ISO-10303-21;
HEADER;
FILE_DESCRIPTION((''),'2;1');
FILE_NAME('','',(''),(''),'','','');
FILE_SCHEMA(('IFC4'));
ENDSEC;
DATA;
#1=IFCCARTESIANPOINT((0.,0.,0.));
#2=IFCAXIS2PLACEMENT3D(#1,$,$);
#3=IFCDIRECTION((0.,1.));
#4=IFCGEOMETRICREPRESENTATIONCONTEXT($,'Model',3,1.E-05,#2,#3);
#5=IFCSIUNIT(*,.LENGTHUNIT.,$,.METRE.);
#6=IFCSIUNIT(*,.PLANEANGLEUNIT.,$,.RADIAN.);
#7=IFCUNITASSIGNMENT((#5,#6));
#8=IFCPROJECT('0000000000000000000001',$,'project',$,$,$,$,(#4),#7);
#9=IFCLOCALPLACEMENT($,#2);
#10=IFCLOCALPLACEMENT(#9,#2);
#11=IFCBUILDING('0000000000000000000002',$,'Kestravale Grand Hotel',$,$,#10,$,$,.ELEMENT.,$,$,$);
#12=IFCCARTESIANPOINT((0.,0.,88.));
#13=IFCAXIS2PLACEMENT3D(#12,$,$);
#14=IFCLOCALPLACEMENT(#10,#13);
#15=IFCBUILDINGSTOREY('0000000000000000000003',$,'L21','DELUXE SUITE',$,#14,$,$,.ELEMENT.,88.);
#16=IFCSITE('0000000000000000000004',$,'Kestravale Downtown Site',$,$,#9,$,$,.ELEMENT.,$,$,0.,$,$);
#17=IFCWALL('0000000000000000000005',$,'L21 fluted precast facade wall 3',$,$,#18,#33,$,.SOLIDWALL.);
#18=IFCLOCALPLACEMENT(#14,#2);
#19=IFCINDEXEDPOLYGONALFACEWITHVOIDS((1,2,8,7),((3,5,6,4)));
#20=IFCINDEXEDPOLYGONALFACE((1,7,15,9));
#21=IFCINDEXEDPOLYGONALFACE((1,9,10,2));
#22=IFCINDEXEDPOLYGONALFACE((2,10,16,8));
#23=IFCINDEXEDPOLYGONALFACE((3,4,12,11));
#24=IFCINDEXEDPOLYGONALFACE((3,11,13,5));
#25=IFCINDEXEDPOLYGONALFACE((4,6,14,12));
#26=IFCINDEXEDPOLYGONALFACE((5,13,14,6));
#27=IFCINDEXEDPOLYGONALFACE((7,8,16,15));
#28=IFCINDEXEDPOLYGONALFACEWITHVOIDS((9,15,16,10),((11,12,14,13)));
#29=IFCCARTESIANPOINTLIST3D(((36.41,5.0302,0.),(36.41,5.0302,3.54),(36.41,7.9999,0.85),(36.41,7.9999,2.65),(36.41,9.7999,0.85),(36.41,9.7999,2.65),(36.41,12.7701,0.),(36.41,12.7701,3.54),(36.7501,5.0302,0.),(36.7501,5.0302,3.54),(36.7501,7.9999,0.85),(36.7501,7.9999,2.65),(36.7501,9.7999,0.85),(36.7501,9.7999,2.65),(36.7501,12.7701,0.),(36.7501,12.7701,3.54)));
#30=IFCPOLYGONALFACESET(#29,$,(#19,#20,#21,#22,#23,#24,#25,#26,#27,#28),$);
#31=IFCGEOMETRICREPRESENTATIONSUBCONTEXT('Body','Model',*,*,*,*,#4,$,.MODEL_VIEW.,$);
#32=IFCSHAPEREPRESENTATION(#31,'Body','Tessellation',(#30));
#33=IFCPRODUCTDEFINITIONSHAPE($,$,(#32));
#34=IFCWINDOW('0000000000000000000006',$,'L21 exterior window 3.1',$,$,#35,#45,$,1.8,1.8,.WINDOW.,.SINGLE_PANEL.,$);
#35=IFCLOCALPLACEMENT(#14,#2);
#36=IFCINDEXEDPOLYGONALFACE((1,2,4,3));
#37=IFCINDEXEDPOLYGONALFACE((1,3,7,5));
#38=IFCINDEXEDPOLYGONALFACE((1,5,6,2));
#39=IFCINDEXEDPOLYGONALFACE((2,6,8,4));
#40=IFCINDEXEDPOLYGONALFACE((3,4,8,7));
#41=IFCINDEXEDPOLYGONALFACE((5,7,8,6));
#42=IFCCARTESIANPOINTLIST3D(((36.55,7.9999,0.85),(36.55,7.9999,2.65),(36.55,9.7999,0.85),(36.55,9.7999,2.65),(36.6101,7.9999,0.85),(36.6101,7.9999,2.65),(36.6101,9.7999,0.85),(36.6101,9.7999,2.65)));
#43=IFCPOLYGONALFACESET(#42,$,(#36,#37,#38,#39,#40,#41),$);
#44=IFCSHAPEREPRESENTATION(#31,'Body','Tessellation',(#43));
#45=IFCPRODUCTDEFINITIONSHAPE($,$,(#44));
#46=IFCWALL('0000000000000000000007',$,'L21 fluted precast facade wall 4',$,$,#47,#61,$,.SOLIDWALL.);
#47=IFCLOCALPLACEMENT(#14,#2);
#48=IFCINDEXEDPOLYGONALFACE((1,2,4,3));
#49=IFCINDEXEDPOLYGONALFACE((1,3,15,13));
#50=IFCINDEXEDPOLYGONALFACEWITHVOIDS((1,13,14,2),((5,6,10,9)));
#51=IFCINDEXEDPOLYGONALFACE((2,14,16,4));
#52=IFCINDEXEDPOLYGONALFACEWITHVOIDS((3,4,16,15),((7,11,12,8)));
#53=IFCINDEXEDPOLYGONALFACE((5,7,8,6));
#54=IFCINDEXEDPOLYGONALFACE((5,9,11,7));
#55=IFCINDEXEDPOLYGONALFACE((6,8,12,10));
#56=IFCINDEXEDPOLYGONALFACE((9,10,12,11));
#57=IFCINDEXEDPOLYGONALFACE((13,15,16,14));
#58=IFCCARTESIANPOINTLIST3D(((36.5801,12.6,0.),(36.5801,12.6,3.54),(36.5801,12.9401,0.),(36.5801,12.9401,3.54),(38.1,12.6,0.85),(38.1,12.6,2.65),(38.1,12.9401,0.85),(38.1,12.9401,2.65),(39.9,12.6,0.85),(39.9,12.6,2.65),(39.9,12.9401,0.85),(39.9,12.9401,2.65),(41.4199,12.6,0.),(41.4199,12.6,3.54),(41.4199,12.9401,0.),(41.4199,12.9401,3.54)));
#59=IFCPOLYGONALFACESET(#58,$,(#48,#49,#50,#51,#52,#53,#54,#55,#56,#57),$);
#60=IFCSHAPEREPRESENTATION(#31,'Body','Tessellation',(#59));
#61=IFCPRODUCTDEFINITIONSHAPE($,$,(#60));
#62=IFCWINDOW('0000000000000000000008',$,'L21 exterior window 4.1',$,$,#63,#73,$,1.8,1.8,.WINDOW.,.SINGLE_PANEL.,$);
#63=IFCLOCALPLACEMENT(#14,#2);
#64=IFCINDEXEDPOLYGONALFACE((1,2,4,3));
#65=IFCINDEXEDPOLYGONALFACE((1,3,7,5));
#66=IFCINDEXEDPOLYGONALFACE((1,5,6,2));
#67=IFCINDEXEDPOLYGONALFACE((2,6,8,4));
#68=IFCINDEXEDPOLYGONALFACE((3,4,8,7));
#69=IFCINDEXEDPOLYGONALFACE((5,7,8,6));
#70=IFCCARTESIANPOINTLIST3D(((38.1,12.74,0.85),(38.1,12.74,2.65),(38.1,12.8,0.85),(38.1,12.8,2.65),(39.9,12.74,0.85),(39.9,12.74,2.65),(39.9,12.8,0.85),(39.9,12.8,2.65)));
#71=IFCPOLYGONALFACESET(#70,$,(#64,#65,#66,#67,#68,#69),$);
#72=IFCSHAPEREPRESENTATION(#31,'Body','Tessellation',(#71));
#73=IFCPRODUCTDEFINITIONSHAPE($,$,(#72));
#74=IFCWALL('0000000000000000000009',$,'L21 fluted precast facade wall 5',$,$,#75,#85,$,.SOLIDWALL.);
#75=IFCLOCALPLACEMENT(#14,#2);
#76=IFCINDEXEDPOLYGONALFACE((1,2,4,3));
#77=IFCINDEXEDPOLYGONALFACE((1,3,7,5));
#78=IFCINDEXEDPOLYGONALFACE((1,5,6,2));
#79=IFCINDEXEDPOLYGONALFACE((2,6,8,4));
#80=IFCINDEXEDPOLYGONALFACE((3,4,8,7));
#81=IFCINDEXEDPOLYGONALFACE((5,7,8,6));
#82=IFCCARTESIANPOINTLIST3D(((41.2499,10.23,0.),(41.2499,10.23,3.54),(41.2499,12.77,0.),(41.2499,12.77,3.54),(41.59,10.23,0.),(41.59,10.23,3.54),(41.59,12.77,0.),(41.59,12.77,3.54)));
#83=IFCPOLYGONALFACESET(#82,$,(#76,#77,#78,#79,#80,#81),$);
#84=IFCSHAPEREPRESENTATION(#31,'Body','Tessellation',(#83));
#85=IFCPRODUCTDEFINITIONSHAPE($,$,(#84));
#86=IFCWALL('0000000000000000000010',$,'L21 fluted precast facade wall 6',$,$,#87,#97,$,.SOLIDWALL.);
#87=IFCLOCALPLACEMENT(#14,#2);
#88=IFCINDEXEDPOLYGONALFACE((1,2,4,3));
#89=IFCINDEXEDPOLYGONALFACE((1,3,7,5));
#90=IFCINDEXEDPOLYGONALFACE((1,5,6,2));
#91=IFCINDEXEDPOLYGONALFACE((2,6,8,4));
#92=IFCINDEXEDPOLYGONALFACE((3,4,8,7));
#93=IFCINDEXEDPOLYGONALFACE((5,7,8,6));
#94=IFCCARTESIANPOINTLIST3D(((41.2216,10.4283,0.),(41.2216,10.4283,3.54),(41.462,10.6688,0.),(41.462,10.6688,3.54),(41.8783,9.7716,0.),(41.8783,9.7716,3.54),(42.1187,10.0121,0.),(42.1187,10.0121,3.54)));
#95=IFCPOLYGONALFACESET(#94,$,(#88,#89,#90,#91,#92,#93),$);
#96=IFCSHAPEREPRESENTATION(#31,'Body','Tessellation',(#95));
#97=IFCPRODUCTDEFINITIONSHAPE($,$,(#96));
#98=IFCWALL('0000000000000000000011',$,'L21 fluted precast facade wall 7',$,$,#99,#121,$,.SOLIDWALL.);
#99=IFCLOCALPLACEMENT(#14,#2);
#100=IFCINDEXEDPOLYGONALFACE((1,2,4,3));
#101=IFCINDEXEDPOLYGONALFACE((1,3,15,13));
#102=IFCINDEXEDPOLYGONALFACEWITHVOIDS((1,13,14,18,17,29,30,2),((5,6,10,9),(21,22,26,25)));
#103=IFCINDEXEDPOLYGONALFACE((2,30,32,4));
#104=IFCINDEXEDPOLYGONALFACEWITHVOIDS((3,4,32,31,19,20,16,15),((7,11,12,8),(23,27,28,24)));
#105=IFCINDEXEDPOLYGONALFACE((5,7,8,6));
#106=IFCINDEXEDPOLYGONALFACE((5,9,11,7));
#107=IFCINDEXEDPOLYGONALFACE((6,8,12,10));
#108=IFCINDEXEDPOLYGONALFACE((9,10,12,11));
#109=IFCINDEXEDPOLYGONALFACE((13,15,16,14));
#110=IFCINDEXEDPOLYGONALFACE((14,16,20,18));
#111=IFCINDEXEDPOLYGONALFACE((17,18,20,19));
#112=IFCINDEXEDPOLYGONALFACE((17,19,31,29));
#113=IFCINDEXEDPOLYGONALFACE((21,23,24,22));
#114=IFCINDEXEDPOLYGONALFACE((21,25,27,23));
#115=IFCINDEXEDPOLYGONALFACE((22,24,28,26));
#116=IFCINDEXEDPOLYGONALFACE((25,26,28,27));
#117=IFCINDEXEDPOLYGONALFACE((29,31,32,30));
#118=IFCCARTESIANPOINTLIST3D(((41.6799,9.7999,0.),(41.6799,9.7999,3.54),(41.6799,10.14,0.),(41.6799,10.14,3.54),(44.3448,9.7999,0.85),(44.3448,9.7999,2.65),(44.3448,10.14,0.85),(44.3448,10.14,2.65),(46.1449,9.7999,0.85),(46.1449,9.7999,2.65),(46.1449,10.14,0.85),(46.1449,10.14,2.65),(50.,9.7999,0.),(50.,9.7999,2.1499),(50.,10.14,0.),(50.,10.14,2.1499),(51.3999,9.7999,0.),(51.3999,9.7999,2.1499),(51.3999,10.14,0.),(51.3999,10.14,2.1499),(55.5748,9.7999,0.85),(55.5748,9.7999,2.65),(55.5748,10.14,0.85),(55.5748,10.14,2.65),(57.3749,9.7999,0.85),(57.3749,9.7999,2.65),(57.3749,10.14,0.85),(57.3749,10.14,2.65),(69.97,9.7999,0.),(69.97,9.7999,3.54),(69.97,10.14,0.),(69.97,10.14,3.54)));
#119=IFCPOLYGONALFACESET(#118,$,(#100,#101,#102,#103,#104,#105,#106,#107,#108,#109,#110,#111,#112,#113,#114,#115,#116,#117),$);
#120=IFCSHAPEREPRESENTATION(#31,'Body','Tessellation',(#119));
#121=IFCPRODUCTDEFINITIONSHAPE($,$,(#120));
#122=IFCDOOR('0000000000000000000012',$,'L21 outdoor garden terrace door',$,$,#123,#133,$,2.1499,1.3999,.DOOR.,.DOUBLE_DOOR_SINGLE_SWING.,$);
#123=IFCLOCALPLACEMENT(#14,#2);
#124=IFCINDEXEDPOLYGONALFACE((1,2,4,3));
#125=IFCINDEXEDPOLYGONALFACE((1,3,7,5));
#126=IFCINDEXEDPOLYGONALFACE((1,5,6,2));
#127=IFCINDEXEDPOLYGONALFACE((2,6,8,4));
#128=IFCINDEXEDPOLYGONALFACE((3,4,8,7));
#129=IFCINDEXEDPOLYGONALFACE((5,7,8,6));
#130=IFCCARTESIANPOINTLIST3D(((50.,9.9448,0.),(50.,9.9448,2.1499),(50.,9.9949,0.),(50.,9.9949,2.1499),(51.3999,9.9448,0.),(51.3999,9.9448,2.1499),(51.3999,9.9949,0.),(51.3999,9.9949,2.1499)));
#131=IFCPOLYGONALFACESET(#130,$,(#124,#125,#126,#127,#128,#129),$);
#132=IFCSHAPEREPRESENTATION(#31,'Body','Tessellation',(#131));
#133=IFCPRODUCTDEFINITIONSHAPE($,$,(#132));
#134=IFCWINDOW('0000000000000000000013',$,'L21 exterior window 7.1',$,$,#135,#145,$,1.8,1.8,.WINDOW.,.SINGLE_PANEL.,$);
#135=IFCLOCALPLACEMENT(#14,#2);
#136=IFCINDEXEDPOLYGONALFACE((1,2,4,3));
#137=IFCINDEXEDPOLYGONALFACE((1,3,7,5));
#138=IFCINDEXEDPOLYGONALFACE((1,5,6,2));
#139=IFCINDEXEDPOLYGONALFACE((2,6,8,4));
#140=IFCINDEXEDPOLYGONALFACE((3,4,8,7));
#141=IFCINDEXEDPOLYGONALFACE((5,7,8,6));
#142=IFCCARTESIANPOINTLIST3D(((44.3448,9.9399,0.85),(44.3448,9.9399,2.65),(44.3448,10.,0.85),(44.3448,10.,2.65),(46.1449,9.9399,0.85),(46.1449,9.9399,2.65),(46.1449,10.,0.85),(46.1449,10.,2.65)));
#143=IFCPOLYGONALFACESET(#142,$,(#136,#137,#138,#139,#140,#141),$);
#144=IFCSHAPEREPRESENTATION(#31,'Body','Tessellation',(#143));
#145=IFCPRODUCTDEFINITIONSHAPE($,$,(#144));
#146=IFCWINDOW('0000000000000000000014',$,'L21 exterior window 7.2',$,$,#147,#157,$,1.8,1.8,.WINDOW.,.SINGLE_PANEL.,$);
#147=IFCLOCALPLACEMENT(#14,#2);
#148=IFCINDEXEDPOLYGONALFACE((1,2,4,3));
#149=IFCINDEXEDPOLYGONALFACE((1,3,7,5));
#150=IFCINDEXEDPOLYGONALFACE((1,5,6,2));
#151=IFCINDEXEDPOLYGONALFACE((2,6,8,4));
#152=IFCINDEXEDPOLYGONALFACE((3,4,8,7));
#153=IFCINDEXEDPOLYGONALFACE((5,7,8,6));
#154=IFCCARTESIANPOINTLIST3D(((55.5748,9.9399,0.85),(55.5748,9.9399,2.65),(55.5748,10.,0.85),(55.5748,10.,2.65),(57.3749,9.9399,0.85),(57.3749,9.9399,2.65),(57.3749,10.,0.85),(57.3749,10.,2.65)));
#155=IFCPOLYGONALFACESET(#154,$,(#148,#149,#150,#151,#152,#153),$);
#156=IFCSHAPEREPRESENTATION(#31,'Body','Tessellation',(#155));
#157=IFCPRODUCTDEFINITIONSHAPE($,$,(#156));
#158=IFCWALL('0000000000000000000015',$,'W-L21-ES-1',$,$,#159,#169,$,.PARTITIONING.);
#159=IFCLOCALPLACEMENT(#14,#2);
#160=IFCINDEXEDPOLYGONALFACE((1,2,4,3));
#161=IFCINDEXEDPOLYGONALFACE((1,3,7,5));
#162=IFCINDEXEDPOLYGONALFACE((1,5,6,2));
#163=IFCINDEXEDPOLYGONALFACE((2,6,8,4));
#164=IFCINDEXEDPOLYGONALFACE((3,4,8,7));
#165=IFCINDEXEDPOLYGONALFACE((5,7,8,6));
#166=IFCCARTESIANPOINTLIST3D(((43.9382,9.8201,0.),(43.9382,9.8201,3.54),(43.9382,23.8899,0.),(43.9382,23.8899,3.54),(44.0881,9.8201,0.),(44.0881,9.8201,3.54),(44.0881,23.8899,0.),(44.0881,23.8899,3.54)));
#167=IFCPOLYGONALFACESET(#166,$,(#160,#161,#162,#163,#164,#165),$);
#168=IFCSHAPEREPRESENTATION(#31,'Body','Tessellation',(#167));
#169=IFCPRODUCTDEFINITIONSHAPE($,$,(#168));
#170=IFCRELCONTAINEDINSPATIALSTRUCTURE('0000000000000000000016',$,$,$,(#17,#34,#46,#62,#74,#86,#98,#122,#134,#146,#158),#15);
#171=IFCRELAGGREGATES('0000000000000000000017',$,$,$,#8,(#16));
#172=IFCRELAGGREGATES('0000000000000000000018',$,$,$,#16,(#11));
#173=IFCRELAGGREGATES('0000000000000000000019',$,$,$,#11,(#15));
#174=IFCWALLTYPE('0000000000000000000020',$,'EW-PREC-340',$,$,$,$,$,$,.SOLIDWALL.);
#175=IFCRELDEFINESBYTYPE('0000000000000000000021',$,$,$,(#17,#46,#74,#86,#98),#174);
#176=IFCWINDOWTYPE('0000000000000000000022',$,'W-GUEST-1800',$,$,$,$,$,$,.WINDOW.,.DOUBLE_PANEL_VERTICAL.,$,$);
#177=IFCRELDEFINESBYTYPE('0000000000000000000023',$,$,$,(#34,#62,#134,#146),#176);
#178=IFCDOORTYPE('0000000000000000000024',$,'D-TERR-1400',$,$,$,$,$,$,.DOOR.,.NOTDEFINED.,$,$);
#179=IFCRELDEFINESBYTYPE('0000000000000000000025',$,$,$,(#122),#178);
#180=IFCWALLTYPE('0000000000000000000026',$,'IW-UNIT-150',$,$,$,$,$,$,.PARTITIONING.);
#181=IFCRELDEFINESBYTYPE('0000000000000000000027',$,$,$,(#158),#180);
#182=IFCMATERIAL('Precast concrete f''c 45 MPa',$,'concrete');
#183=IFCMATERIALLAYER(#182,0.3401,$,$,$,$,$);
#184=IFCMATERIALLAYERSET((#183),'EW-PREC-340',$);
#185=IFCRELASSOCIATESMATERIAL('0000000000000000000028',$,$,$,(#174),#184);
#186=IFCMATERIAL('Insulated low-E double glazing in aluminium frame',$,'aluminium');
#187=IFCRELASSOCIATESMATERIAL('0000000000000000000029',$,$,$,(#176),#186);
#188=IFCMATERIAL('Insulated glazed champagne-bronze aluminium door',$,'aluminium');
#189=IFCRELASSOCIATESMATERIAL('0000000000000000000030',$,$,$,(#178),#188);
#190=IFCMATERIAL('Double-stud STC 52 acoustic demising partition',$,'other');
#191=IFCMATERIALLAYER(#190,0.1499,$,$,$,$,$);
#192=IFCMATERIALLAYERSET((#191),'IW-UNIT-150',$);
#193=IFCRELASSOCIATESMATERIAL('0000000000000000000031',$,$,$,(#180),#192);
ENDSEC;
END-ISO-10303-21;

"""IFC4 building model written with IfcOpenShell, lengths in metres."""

from ifc_helpers import new_model, si_unit, direction, frame, frame_2d, origin, place, context, subcontext, project, spatial, rectangle, extrude, material, layer, layer_set, type_object, element, fill, save


model = new_model("IFC4")

# Units and contexts
model_context = context("Model", 3, precision=1e-05, world=origin(), true_north=direction((0.0, 1.0)))
body_context = subcontext(model_context, "Body", "Model", "MODEL_VIEW")
ifc_project = project(units=[si_unit("LENGTHUNIT", "METRE"), si_unit("PLANEANGLEUNIT", "RADIAN")], contexts=[model_context])

# Site, building, storey
site_placement = place(None, origin())
site = spatial("IfcSite", under=ifc_project, at=site_placement, Name="Kestravale Downtown Site", CompositionType="ELEMENT", RefElevation=0.0)
building_placement = place(site_placement, origin())
building = spatial("IfcBuilding", under=site, at=building_placement, Name="Kestravale Grand Hotel", CompositionType="ELEMENT")
storey_placement = place(building_placement, frame((0.0, 0.0, 88.0)))
storey = spatial("IfcBuildingStorey", under=building, at=storey_placement, Name="L21", Description="DELUXE SUITE", CompositionType="ELEMENT", Elevation=88.0)

# Shared definitions
ifc_material_1 = material(Name="Precast concrete f'c 45 MPa", Category="concrete")
ifc_layer_1 = layer(ifc_material_1, 0.3401)
ifc_layer_set_1 = layer_set([ifc_layer_1], Name="EW-PREC-340")
wall_type_1 = type_object("IfcWallType", Name="EW-PREC-340", PredefinedType="SOLIDWALL", material=ifc_layer_set_1)

# Walls, openings, windows
wall_1_placement = place(storey_placement, frame((36.5801, 5.03, 0.0), z_axis=(0.0, 0.0, 1.0), x_axis=(0.0, 1.0, 0.0)))
wall_1 = element("IfcWall", 1, at=wall_1_placement, inside=storey, type_object=wall_type_1, Name="L21 fluted precast facade wall 3", PredefinedType="SOLIDWALL", context=body_context, shape_type="SweptSolid", body=[
    extrude(rectangle(XDim=7.74, YDim=0.3401, at=frame_2d((3.8701, 0.0))), origin(), (0.0, 0.0, 1.0), 3.54),
])
opening_1_placement = place(wall_1_placement, frame((2.97, 0.0, 0.8501)))
opening_1 = element("IfcOpeningElement", 2, at=opening_1_placement, cuts=wall_1, PredefinedType="OPENING", context=body_context, shape_type="SweptSolid", body=[
    extrude(rectangle(XDim=1.8, YDim=1.8, at=frame_2d((0.8999, 0.8999))), frame((0.0, 0.1799, 0.0), z_axis=(0.0, -1.0, 0.0), x_axis=(1.0, 0.0, 0.0)), (0.0, 0.0, 1.0), 0.3601),
])
ifc_material_2 = material(Name="Insulated low-E double glazing in aluminium frame", Category="aluminium")
window_type = type_object("IfcWindowType", Name="W-GUEST-1800", PartitioningType="DOUBLE_PANEL_VERTICAL", PredefinedType="WINDOW", material=ifc_material_2)
window_1_placement = place(opening_1_placement, origin())
window_1 = element("IfcWindow", 3, at=window_1_placement, inside=storey, type_object=window_type, Name="L21 exterior window 3.1", OverallHeight=1.8, OverallWidth=1.8, PartitioningType="SINGLE_PANEL", PredefinedType="WINDOW", context=body_context, shape_type="SweptSolid", body=[
    extrude(rectangle(XDim=1.8, YDim=1.8, at=frame_2d((0.8999, 0.8999))), frame((0.0, 0.03, 0.0), z_axis=(0.0, -1.0, 0.0), x_axis=(1.0, 0.0, 0.0)), (0.0, 0.0, 1.0), 0.0601),
])
fill(opening_1, window_1)
wall_2_placement = place(storey_placement, frame((36.5801, 12.77, 0.0), z_axis=(0.0, 0.0, 1.0), x_axis=(1.0, 0.0, 0.0)))
wall_2 = element("IfcWall", 4, at=wall_2_placement, inside=storey, type_object=wall_type_1, Name="L21 fluted precast facade wall 4", PredefinedType="SOLIDWALL", context=body_context, shape_type="SweptSolid", body=[
    extrude(rectangle(XDim=4.8398, YDim=0.3401, at=frame_2d((2.4199, 0.0))), origin(), (0.0, 0.0, 1.0), 3.54),
])
opening_2_placement = place(wall_2_placement, frame((1.52, 0.0, 0.8501)))
opening_2 = element("IfcOpeningElement", 5, at=opening_2_placement, cuts=wall_2, PredefinedType="OPENING", context=body_context, shape_type="SweptSolid", body=[
    extrude(rectangle(XDim=1.8, YDim=1.8, at=frame_2d((0.8999, 0.8999))), frame((0.0, 0.1799, 0.0), z_axis=(0.0, -1.0, 0.0), x_axis=(1.0, 0.0, 0.0)), (0.0, 0.0, 1.0), 0.3601),
])
window_2_placement = place(opening_2_placement, origin())
window_2 = element("IfcWindow", 6, at=window_2_placement, inside=storey, type_object=window_type, Name="L21 exterior window 4.1", OverallHeight=1.8, OverallWidth=1.8, PartitioningType="SINGLE_PANEL", PredefinedType="WINDOW", context=body_context, shape_type="SweptSolid", body=[
    extrude(rectangle(XDim=1.8, YDim=1.8, at=frame_2d((0.8999, 0.8999))), frame((0.0, 0.03, 0.0), z_axis=(0.0, -1.0, 0.0), x_axis=(1.0, 0.0, 0.0)), (0.0, 0.0, 1.0), 0.0601),
])
fill(opening_2, window_2)

# Walls
wall_3_placement = place(storey_placement, frame((41.4199, 12.77, 0.0), z_axis=(0.0, 0.0, 1.0), x_axis=(0.0, -1.0, 0.0)))
element("IfcWall", 7, at=wall_3_placement, inside=storey, type_object=wall_type_1, Name="L21 fluted precast facade wall 5", PredefinedType="SOLIDWALL", context=body_context, shape_type="SweptSolid", body=[
    extrude(rectangle(XDim=2.54, YDim=0.3401, at=frame_2d((1.27, 0.0))), origin(), (0.0, 0.0, 1.0), 3.54),
])
wall_4_placement = place(storey_placement, frame((41.3418, 10.5486, 0.0), z_axis=(0.0, 0.0, 1.0), x_axis=(0.707107, -0.707107, 0.0)))
element("IfcWall", 8, at=wall_4_placement, inside=storey, type_object=wall_type_1, Name="L21 fluted precast facade wall 6", PredefinedType="SOLIDWALL", context=body_context, shape_type="SweptSolid", body=[
    extrude(rectangle(XDim=0.9287, YDim=0.3401, at=frame_2d((0.4644, 0.0))), origin(), (0.0, 0.0, 1.0), 3.54),
])

# Wall, openings, door, windows
wall_5_placement = place(storey_placement, frame((41.6799, 9.97, 0.0), z_axis=(0.0, 0.0, 1.0), x_axis=(1.0, 0.0, 0.0)))
wall_5 = element("IfcWall", 9, at=wall_5_placement, inside=storey, type_object=wall_type_1, Name="L21 fluted precast facade wall 7", PredefinedType="SOLIDWALL", context=body_context, shape_type="SweptSolid", body=[
    extrude(rectangle(XDim=28.29, YDim=0.3401, at=frame_2d((14.145, 0.0))), origin(), (0.0, 0.0, 1.0), 3.54),
])
opening_3_placement = place(wall_5_placement, frame((8.3201, 0.0, 0.0)))
opening_3 = element("IfcOpeningElement", 10, at=opening_3_placement, cuts=wall_5, PredefinedType="OPENING", context=body_context, shape_type="SweptSolid", body=[
    extrude(rectangle(XDim=1.3999, YDim=2.1499, at=frame_2d((0.7, 1.075))), frame((0.0, 0.1799, 0.0), z_axis=(0.0, -1.0, 0.0), x_axis=(1.0, 0.0, 0.0)), (0.0, 0.0, 1.0), 0.3601),
])
opening_4_placement = place(wall_5_placement, frame((2.665, 0.0, 0.8501)))
opening_4 = element("IfcOpeningElement", 11, at=opening_4_placement, cuts=wall_5, PredefinedType="OPENING", context=body_context, shape_type="SweptSolid", body=[
    extrude(rectangle(XDim=1.8, YDim=1.8, at=frame_2d((0.8999, 0.8999))), frame((0.0, 0.1799, 0.0), z_axis=(0.0, -1.0, 0.0), x_axis=(1.0, 0.0, 0.0)), (0.0, 0.0, 1.0), 0.3601),
])
opening_5_placement = place(wall_5_placement, frame((13.895, 0.0, 0.8501)))
opening_5 = element("IfcOpeningElement", 12, at=opening_5_placement, cuts=wall_5, PredefinedType="OPENING", context=body_context, shape_type="SweptSolid", body=[
    extrude(rectangle(XDim=1.8, YDim=1.8, at=frame_2d((0.8999, 0.8999))), frame((0.0, 0.1799, 0.0), z_axis=(0.0, -1.0, 0.0), x_axis=(1.0, 0.0, 0.0)), (0.0, 0.0, 1.0), 0.3601),
])
ifc_material_3 = material(Name="Insulated glazed champagne-bronze aluminium door", Category="aluminium")
door_type = type_object("IfcDoorType", Name="D-TERR-1400", OperationType="NOTDEFINED", PredefinedType="DOOR", material=ifc_material_3)
door_placement = place(opening_3_placement, origin())
door = element("IfcDoor", 13, at=door_placement, inside=storey, type_object=door_type, Name="L21 outdoor garden terrace door", OperationType="DOUBLE_DOOR_SINGLE_SWING", OverallHeight=2.1499, OverallWidth=1.3999, PredefinedType="DOOR", context=body_context, shape_type="SweptSolid", body=[
    extrude(rectangle(XDim=1.3999, YDim=2.1499, at=frame_2d((0.7, 1.075))), frame((0.0, 0.0249, 0.0), z_axis=(0.0, -1.0, 0.0), x_axis=(1.0, 0.0, 0.0)), (0.0, 0.0, 1.0), 0.05),
])
fill(opening_3, door)
window_3_placement = place(opening_4_placement, origin())
window_3 = element("IfcWindow", 14, at=window_3_placement, inside=storey, type_object=window_type, Name="L21 exterior window 7.1", OverallHeight=1.8, OverallWidth=1.8, PartitioningType="SINGLE_PANEL", PredefinedType="WINDOW", context=body_context, shape_type="SweptSolid", body=[
    extrude(rectangle(XDim=1.8, YDim=1.8, at=frame_2d((0.8999, 0.8999))), frame((0.0, 0.03, 0.0), z_axis=(0.0, -1.0, 0.0), x_axis=(1.0, 0.0, 0.0)), (0.0, 0.0, 1.0), 0.0601),
])
fill(opening_4, window_3)
window_4_placement = place(opening_5_placement, origin())
window_4 = element("IfcWindow", 15, at=window_4_placement, inside=storey, type_object=window_type, Name="L21 exterior window 7.2", OverallHeight=1.8, OverallWidth=1.8, PartitioningType="SINGLE_PANEL", PredefinedType="WINDOW", context=body_context, shape_type="SweptSolid", body=[
    extrude(rectangle(XDim=1.8, YDim=1.8, at=frame_2d((0.8999, 0.8999))), frame((0.0, 0.03, 0.0), z_axis=(0.0, -1.0, 0.0), x_axis=(1.0, 0.0, 0.0)), (0.0, 0.0, 1.0), 0.0601),
])
fill(opening_5, window_4)

# Wall
ifc_material_4 = material(Name="Double-stud STC 52 acoustic demising partition", Category="other")
ifc_layer_2 = layer(ifc_material_4, 0.1499)
ifc_layer_set_2 = layer_set([ifc_layer_2], Name="IW-UNIT-150")
wall_type_2 = type_object("IfcWallType", Name="IW-UNIT-150", PredefinedType="PARTITIONING", material=ifc_layer_set_2)
wall_6_placement = place(storey_placement, frame((44.0132, 9.8201, 0.0), z_axis=(0.0, 0.0, 1.0), x_axis=(0.0, 1.0, 0.0)))
element("IfcWall", 16, at=wall_6_placement, inside=storey, type_object=wall_type_2, Name="W-L21-ES-1", PredefinedType="PARTITIONING", context=body_context, shape_type="SweptSolid", body=[
    extrude(rectangle(XDim=14.0698, YDim=0.1499, at=frame_2d((7.0349, 0.0))), origin(), (0.0, 0.0, 1.0), 3.54),
])

save(model, "model.ifc")
